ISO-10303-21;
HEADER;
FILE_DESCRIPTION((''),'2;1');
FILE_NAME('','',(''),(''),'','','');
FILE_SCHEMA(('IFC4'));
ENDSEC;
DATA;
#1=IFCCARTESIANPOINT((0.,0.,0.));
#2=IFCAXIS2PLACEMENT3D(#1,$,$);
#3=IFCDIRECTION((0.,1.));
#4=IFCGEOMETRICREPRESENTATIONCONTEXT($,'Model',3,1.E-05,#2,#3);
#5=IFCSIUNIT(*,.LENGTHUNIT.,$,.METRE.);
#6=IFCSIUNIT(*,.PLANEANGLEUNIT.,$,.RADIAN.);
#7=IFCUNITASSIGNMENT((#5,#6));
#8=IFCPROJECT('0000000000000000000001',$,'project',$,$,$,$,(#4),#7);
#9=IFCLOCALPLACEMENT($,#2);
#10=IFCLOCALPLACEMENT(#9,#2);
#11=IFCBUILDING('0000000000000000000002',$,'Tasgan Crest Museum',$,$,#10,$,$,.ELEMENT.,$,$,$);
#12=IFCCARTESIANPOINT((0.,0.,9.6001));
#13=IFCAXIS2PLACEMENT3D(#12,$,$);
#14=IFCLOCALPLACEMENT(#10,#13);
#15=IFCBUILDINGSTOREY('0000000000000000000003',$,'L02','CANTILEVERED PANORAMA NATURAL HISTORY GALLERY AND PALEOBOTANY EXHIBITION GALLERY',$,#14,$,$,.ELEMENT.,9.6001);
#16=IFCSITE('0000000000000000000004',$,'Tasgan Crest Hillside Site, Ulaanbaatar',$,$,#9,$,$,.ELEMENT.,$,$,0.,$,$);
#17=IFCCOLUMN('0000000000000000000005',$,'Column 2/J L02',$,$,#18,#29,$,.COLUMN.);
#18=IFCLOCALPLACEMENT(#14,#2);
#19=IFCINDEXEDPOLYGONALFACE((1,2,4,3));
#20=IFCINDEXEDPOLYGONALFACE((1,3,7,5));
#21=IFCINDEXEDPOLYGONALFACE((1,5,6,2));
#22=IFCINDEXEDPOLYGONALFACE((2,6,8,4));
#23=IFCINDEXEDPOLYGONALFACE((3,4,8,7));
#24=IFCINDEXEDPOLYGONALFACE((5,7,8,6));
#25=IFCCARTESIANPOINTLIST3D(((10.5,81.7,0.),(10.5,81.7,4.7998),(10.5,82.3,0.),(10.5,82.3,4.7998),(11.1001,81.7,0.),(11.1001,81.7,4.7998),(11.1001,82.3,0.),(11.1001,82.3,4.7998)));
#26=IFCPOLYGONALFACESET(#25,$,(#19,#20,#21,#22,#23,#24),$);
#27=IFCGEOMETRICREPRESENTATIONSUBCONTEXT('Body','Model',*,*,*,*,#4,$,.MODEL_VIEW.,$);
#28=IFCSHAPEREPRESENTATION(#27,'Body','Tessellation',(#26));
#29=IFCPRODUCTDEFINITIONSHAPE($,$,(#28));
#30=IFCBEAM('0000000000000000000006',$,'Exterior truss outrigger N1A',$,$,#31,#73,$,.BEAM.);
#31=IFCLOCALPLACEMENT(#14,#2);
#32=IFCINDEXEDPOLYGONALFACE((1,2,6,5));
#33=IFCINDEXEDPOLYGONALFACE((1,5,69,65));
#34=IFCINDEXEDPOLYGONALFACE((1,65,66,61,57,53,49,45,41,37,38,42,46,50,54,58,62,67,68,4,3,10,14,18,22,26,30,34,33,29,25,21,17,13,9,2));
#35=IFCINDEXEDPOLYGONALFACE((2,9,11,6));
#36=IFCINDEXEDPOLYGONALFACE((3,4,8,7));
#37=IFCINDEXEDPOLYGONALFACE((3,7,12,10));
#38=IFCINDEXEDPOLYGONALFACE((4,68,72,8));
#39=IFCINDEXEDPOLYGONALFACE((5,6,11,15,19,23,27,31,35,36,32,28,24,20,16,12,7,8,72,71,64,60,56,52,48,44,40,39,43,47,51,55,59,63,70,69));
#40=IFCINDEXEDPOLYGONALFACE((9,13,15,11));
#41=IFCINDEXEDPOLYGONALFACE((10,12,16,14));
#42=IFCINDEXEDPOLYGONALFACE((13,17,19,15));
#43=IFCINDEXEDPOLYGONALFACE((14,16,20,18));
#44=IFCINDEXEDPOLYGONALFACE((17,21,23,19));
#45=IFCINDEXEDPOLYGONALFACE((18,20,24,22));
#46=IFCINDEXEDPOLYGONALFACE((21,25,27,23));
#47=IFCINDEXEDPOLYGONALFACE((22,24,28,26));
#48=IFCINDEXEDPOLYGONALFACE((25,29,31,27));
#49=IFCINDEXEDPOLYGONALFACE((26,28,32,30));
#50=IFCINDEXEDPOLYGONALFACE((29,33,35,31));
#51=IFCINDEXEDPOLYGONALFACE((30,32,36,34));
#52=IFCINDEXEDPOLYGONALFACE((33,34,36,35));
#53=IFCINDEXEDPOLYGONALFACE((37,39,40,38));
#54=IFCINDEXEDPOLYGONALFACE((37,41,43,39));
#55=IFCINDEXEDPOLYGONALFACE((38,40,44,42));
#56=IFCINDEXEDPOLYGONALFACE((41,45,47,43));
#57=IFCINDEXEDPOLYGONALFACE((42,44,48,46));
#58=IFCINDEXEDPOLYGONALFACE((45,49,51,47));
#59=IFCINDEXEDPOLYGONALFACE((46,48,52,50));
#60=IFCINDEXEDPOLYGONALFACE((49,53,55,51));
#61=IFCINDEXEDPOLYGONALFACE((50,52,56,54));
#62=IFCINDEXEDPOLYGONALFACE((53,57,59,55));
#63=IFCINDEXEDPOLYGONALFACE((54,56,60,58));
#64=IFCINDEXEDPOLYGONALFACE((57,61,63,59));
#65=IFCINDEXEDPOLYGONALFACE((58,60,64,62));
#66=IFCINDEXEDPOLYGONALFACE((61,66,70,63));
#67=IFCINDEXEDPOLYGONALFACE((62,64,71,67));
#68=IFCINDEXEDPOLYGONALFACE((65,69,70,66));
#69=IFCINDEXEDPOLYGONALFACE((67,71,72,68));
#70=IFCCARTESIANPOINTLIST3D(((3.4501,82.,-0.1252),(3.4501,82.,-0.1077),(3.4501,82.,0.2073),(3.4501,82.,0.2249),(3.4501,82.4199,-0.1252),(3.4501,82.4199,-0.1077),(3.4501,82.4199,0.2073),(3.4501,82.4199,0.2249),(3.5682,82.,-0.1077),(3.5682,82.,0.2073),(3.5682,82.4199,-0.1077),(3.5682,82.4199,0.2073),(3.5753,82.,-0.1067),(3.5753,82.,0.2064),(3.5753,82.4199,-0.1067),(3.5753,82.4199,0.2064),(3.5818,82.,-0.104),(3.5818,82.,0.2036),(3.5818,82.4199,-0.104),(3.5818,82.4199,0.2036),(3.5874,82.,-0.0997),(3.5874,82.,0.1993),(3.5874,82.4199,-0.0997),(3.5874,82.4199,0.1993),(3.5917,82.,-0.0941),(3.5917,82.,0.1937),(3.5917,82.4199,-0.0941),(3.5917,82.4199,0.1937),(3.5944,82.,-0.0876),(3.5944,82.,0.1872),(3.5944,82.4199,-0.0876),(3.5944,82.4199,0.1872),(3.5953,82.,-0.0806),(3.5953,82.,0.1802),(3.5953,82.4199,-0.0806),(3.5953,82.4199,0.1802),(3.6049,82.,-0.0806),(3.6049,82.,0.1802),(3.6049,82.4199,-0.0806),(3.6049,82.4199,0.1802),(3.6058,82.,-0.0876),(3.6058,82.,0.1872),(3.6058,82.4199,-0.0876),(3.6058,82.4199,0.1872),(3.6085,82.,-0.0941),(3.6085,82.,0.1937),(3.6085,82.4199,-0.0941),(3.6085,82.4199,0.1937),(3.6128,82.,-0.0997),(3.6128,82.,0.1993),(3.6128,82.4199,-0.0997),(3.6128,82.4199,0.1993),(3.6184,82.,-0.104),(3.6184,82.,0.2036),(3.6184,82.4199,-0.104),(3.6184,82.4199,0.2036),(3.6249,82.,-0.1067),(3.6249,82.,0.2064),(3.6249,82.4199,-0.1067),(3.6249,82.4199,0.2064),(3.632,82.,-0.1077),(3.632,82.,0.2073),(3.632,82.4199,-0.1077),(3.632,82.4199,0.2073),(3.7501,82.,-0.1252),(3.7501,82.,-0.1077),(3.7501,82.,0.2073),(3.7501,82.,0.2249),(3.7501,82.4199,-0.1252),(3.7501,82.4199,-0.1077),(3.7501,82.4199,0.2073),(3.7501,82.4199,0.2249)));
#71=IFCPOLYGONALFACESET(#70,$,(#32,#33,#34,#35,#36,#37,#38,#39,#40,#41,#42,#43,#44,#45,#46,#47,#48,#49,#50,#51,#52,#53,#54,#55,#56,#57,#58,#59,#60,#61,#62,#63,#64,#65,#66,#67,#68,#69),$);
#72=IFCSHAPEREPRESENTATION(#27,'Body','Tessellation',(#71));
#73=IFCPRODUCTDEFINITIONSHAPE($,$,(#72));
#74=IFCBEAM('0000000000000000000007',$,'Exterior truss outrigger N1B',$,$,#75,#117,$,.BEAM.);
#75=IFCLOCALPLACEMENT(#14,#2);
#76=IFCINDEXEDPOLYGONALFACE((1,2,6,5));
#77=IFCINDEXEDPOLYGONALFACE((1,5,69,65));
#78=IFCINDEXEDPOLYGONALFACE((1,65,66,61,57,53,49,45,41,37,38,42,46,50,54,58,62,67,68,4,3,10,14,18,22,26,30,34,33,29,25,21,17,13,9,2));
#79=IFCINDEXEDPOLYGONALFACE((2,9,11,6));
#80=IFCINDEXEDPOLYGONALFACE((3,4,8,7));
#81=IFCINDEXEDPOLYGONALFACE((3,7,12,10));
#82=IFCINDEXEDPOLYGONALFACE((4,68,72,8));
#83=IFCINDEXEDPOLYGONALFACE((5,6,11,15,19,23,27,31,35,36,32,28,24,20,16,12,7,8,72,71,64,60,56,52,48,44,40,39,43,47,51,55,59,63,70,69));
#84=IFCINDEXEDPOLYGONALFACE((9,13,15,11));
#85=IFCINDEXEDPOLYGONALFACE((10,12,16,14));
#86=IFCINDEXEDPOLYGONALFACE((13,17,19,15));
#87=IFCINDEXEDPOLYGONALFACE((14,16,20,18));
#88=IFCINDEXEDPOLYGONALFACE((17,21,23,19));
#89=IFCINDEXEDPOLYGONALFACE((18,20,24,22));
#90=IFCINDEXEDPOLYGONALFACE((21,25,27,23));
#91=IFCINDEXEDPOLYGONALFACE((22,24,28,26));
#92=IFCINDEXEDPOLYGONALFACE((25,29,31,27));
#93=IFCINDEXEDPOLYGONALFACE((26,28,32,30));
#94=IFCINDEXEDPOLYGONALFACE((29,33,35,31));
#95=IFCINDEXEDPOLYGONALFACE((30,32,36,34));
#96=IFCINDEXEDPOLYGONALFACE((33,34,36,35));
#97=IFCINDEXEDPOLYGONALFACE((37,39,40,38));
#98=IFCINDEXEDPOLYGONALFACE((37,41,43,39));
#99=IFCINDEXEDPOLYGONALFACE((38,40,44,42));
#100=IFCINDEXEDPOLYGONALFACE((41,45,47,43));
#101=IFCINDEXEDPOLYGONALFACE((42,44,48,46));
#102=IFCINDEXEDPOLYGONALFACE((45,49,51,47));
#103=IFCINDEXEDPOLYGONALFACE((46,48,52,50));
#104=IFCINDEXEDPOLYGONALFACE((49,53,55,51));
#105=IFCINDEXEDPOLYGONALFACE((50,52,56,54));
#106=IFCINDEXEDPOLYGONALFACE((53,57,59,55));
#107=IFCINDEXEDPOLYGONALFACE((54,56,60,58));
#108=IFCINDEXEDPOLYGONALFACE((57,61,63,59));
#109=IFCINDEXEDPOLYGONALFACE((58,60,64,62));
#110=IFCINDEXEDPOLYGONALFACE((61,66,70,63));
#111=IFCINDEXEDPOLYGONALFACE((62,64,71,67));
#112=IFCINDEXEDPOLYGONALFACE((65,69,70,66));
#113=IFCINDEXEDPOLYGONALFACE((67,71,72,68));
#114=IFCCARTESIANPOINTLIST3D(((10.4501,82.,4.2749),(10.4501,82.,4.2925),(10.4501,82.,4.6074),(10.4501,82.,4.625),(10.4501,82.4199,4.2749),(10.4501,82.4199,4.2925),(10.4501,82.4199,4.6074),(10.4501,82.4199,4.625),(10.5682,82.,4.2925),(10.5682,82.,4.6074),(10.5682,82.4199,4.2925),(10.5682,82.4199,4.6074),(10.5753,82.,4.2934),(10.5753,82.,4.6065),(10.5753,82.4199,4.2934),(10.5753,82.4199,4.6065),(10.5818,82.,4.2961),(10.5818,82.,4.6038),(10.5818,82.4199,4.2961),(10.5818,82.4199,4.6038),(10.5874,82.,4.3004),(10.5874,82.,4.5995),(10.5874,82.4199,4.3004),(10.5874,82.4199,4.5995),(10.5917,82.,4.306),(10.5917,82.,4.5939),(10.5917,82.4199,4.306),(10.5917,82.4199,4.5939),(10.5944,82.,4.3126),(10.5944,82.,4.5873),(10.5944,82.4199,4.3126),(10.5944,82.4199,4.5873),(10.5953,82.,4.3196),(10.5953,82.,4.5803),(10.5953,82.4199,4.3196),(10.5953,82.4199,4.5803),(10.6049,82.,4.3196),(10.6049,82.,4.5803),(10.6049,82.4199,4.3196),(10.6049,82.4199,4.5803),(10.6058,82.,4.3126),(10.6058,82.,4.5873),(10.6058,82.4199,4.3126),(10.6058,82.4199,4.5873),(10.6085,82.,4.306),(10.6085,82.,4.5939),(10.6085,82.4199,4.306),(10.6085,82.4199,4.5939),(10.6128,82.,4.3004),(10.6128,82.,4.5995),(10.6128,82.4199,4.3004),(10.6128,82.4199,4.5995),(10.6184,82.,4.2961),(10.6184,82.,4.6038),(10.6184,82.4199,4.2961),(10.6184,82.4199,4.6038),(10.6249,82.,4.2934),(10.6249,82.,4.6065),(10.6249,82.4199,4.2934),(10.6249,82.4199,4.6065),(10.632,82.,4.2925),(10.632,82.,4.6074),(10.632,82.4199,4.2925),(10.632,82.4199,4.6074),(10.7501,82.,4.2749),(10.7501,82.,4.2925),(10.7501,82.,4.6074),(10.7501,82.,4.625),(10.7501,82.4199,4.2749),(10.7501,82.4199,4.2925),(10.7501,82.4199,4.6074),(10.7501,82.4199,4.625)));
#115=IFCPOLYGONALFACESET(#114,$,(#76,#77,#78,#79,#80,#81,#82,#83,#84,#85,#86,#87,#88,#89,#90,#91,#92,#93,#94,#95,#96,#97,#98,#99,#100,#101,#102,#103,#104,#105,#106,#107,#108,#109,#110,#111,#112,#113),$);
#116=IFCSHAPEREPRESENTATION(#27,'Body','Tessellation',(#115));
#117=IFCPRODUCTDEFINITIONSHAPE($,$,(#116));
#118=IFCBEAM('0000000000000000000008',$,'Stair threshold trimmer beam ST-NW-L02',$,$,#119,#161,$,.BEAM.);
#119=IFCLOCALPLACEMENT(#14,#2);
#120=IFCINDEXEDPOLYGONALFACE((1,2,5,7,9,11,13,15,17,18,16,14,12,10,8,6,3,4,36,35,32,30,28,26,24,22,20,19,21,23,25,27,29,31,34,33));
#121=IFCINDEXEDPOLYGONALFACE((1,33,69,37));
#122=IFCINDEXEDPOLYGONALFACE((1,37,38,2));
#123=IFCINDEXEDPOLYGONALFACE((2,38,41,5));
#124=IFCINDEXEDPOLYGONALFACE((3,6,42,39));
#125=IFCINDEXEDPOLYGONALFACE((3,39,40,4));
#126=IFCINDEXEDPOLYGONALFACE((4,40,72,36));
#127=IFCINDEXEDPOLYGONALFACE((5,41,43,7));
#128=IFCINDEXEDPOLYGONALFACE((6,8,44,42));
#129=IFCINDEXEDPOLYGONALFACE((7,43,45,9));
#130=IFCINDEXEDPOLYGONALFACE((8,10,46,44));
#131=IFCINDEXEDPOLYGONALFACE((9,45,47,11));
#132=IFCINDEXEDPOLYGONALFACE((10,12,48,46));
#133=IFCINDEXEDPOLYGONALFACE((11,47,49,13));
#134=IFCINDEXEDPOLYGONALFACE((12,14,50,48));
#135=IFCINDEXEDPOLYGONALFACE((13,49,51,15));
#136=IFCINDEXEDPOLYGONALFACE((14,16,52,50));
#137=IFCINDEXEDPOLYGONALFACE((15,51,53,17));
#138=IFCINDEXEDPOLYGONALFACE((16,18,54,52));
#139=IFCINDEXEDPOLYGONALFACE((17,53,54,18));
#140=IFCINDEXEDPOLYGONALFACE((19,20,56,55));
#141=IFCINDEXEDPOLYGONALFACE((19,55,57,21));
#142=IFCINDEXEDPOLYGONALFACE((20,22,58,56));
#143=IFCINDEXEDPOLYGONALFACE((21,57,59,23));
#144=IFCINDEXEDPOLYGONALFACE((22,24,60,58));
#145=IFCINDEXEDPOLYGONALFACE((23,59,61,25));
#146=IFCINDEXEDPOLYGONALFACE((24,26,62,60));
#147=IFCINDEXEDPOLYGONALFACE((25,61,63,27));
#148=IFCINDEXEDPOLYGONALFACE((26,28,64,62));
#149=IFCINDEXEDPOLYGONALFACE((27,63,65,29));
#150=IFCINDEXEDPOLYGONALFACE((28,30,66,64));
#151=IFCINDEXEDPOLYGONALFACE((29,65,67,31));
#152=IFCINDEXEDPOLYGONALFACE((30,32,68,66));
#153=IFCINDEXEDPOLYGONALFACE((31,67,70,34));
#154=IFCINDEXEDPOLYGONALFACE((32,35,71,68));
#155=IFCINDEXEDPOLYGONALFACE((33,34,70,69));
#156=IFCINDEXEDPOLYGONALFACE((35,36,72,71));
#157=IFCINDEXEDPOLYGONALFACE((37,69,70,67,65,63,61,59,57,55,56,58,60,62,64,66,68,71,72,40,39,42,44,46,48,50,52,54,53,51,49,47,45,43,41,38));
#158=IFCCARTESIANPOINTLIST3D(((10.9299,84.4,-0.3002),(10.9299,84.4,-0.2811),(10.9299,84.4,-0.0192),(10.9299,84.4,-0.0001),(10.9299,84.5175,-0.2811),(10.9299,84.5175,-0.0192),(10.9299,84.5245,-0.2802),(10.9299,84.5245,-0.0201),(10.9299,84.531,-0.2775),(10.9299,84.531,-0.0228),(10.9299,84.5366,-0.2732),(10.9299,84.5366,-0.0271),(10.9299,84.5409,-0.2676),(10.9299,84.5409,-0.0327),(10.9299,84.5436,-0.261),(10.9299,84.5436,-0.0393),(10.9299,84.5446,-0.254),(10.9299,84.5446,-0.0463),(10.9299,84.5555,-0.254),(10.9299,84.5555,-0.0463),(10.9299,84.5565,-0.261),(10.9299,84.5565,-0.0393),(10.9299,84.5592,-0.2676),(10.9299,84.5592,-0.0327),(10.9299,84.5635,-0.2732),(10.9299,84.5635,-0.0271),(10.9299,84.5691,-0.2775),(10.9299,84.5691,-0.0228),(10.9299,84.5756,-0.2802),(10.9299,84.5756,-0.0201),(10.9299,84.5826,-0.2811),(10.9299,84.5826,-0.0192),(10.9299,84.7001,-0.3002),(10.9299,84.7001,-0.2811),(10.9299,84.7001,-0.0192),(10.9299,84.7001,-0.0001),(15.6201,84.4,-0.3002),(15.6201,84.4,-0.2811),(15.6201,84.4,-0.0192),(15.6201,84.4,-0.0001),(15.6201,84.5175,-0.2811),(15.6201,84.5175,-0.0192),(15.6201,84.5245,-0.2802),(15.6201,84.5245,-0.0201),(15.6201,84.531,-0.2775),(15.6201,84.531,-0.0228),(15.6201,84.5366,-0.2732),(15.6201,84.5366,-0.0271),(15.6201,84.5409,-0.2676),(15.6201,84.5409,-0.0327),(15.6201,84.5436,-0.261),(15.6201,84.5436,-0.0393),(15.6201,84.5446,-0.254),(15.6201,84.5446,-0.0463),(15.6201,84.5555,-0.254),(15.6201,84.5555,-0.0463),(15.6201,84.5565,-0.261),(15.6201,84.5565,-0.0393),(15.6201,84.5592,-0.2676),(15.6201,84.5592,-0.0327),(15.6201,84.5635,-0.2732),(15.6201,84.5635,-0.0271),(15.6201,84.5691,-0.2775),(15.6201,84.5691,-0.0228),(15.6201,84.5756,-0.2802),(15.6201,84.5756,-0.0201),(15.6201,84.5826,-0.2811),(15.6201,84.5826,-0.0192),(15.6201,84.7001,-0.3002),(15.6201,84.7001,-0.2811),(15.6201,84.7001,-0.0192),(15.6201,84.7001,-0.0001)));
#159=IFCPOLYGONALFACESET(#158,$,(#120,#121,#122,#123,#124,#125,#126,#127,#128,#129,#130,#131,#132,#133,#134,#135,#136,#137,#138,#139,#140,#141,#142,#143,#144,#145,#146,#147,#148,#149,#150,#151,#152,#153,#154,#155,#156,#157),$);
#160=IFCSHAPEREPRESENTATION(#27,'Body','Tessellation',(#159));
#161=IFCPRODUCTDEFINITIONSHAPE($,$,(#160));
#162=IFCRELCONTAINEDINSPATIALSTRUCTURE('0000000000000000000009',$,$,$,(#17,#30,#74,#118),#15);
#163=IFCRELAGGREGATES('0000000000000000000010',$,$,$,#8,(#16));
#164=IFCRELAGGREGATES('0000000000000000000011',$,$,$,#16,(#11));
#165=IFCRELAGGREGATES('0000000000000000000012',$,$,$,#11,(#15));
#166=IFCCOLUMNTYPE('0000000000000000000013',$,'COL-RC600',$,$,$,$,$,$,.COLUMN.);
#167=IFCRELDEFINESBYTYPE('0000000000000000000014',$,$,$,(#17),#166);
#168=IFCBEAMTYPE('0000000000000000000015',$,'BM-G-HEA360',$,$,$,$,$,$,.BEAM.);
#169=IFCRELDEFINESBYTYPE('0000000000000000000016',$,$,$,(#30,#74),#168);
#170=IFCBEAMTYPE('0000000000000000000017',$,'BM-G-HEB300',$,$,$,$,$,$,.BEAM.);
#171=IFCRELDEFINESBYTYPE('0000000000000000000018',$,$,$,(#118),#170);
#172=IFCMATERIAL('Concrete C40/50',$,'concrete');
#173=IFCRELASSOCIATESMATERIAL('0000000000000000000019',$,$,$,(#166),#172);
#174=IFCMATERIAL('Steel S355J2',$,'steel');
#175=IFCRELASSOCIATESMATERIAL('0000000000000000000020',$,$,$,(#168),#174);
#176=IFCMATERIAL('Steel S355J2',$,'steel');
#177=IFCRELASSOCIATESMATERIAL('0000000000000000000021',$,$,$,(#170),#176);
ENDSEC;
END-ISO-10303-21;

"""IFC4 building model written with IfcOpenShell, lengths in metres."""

from ifc_helpers import new_model, si_unit, direction, frame, origin, origin_2d, place, context, subcontext, project, spatial, rectangle, i_section, extrude, material, material_profile, profile_set, type_object, element, save


model = new_model("IFC4")

# Units and contexts
model_context = context("Model", 3, precision=1e-05, world=origin(), true_north=direction((0.0, 1.0)))
body_context = subcontext(model_context, "Body", "Model", "MODEL_VIEW")
ifc_project = project(units=[si_unit("LENGTHUNIT", "METRE"), si_unit("PLANEANGLEUNIT", "RADIAN")], contexts=[model_context])

# Site, building, storey
site_placement = place(None, origin())
site = spatial("IfcSite", under=ifc_project, at=site_placement, Name="Tasgan Crest Hillside Site, Ulaanbaatar", CompositionType="ELEMENT", RefElevation=0.0)
building_placement = place(site_placement, origin())
building = spatial("IfcBuilding", under=site, at=building_placement, Name="Tasgan Crest Museum", CompositionType="ELEMENT")
storey_placement = place(building_placement, frame((0.0, 0.0, 9.6001)))
storey = spatial("IfcBuildingStorey", under=building, at=storey_placement, Name="L02", Description="CANTILEVERED PANORAMA NATURAL HISTORY GALLERY AND PALEOBOTANY EXHIBITION GALLERY", CompositionType="ELEMENT", Elevation=9.6001)

# Column
ifc_material_1 = material(Name="Concrete C40/50", Category="concrete")
ifc_material_profile_1 = material_profile(ifc_material_1, rectangle(XDim=0.6001, YDim=0.6001, at=origin_2d()), Name="RC 600x600")
ifc_profile_set_1 = profile_set([ifc_material_profile_1], Name="Concrete C40/50")
column_type = type_object("IfcColumnType", Name="COL-RC600", PredefinedType="COLUMN", material=ifc_profile_set_1)
column_placement = place(storey_placement, frame((10.8, 82.0, 0.0), z_axis=(0.0, 0.0, 1.0), x_axis=(1.0, 0.0, 0.0)))
element("IfcColumn", 1, at=column_placement, inside=storey, type_object=column_type, Name="Column 2/J L02", PredefinedType="COLUMN", context=body_context, shape_type="SweptSolid", body=[
    extrude(rectangle(XDim=0.6001, YDim=0.6001, at=origin_2d()), origin(), (0.0, 0.0, 1.0), 4.7998),
])

# Beams
ifc_material_2 = material(Name="Steel S355J2", Category="steel")
ifc_material_profile_2 = material_profile(ifc_material_2, i_section(OverallWidth=0.3, OverallDepth=0.3501, WebThickness=0.0095, FlangeThickness=0.0176, FilletRadius=0.0271, at=origin_2d()), Name="HEA 360")
ifc_profile_set_2 = profile_set([ifc_material_profile_2], Name="Steel S355J2")
beam_type_1 = type_object("IfcBeamType", Name="BM-G-HEA360", PredefinedType="BEAM", material=ifc_profile_set_2)
for number, where, z_axis, x_axis, name in (
    (2, (3.6001, 82.0, 0.0498), (0.0, 1.0, 0.0), (-1.0, 0.0, 0.0), "Exterior truss outrigger N1A"),
    (3, (10.6001, 82.0, 4.45), (0.0, 1.0, 0.0), (-1.0, 0.0, 0.0), "Exterior truss outrigger N1B"),
):
    element("IfcBeam", number, at=place(storey_placement, frame(where, z_axis=z_axis, x_axis=x_axis)), inside=storey, type_object=beam_type_1, Name=name, PredefinedType="BEAM", context=body_context, shape_type="SweptSolid", body=[
        extrude(i_section(OverallWidth=0.3, OverallDepth=0.3501, WebThickness=0.0095, FlangeThickness=0.0176, FilletRadius=0.0271, at=origin_2d()), origin(), (0.0, 0.0, 1.0), 0.4199),
    ])
ifc_material_3 = material(Name="Steel S355J2", Category="steel")
ifc_material_profile_3 = material_profile(ifc_material_3, i_section(OverallWidth=0.3, OverallDepth=0.3, WebThickness=0.011, FlangeThickness=0.019, FilletRadius=0.0271, at=origin_2d()), Name="HEB 300")
ifc_profile_set_3 = profile_set([ifc_material_profile_3], Name="Steel S355J2")
beam_type_2 = type_object("IfcBeamType", Name="BM-G-HEB300", PredefinedType="BEAM", material=ifc_profile_set_3)
beam_1_placement = place(storey_placement, frame((10.9299, 84.55, -0.1501), z_axis=(1.0, 0.0, 0.0), x_axis=(0.0, 1.0, 0.0)))
element("IfcBeam", 4, at=beam_1_placement, inside=storey, type_object=beam_type_2, Name="Stair threshold trimmer beam ST-NW-L02", PredefinedType="BEAM", context=body_context, shape_type="SweptSolid", body=[
    extrude(i_section(OverallWidth=0.3, OverallDepth=0.3, WebThickness=0.011, FlangeThickness=0.019, FilletRadius=0.0271, at=origin_2d()), origin(), (0.0, 0.0, 1.0), 4.6902),
])

save(model, "model.ifc")
